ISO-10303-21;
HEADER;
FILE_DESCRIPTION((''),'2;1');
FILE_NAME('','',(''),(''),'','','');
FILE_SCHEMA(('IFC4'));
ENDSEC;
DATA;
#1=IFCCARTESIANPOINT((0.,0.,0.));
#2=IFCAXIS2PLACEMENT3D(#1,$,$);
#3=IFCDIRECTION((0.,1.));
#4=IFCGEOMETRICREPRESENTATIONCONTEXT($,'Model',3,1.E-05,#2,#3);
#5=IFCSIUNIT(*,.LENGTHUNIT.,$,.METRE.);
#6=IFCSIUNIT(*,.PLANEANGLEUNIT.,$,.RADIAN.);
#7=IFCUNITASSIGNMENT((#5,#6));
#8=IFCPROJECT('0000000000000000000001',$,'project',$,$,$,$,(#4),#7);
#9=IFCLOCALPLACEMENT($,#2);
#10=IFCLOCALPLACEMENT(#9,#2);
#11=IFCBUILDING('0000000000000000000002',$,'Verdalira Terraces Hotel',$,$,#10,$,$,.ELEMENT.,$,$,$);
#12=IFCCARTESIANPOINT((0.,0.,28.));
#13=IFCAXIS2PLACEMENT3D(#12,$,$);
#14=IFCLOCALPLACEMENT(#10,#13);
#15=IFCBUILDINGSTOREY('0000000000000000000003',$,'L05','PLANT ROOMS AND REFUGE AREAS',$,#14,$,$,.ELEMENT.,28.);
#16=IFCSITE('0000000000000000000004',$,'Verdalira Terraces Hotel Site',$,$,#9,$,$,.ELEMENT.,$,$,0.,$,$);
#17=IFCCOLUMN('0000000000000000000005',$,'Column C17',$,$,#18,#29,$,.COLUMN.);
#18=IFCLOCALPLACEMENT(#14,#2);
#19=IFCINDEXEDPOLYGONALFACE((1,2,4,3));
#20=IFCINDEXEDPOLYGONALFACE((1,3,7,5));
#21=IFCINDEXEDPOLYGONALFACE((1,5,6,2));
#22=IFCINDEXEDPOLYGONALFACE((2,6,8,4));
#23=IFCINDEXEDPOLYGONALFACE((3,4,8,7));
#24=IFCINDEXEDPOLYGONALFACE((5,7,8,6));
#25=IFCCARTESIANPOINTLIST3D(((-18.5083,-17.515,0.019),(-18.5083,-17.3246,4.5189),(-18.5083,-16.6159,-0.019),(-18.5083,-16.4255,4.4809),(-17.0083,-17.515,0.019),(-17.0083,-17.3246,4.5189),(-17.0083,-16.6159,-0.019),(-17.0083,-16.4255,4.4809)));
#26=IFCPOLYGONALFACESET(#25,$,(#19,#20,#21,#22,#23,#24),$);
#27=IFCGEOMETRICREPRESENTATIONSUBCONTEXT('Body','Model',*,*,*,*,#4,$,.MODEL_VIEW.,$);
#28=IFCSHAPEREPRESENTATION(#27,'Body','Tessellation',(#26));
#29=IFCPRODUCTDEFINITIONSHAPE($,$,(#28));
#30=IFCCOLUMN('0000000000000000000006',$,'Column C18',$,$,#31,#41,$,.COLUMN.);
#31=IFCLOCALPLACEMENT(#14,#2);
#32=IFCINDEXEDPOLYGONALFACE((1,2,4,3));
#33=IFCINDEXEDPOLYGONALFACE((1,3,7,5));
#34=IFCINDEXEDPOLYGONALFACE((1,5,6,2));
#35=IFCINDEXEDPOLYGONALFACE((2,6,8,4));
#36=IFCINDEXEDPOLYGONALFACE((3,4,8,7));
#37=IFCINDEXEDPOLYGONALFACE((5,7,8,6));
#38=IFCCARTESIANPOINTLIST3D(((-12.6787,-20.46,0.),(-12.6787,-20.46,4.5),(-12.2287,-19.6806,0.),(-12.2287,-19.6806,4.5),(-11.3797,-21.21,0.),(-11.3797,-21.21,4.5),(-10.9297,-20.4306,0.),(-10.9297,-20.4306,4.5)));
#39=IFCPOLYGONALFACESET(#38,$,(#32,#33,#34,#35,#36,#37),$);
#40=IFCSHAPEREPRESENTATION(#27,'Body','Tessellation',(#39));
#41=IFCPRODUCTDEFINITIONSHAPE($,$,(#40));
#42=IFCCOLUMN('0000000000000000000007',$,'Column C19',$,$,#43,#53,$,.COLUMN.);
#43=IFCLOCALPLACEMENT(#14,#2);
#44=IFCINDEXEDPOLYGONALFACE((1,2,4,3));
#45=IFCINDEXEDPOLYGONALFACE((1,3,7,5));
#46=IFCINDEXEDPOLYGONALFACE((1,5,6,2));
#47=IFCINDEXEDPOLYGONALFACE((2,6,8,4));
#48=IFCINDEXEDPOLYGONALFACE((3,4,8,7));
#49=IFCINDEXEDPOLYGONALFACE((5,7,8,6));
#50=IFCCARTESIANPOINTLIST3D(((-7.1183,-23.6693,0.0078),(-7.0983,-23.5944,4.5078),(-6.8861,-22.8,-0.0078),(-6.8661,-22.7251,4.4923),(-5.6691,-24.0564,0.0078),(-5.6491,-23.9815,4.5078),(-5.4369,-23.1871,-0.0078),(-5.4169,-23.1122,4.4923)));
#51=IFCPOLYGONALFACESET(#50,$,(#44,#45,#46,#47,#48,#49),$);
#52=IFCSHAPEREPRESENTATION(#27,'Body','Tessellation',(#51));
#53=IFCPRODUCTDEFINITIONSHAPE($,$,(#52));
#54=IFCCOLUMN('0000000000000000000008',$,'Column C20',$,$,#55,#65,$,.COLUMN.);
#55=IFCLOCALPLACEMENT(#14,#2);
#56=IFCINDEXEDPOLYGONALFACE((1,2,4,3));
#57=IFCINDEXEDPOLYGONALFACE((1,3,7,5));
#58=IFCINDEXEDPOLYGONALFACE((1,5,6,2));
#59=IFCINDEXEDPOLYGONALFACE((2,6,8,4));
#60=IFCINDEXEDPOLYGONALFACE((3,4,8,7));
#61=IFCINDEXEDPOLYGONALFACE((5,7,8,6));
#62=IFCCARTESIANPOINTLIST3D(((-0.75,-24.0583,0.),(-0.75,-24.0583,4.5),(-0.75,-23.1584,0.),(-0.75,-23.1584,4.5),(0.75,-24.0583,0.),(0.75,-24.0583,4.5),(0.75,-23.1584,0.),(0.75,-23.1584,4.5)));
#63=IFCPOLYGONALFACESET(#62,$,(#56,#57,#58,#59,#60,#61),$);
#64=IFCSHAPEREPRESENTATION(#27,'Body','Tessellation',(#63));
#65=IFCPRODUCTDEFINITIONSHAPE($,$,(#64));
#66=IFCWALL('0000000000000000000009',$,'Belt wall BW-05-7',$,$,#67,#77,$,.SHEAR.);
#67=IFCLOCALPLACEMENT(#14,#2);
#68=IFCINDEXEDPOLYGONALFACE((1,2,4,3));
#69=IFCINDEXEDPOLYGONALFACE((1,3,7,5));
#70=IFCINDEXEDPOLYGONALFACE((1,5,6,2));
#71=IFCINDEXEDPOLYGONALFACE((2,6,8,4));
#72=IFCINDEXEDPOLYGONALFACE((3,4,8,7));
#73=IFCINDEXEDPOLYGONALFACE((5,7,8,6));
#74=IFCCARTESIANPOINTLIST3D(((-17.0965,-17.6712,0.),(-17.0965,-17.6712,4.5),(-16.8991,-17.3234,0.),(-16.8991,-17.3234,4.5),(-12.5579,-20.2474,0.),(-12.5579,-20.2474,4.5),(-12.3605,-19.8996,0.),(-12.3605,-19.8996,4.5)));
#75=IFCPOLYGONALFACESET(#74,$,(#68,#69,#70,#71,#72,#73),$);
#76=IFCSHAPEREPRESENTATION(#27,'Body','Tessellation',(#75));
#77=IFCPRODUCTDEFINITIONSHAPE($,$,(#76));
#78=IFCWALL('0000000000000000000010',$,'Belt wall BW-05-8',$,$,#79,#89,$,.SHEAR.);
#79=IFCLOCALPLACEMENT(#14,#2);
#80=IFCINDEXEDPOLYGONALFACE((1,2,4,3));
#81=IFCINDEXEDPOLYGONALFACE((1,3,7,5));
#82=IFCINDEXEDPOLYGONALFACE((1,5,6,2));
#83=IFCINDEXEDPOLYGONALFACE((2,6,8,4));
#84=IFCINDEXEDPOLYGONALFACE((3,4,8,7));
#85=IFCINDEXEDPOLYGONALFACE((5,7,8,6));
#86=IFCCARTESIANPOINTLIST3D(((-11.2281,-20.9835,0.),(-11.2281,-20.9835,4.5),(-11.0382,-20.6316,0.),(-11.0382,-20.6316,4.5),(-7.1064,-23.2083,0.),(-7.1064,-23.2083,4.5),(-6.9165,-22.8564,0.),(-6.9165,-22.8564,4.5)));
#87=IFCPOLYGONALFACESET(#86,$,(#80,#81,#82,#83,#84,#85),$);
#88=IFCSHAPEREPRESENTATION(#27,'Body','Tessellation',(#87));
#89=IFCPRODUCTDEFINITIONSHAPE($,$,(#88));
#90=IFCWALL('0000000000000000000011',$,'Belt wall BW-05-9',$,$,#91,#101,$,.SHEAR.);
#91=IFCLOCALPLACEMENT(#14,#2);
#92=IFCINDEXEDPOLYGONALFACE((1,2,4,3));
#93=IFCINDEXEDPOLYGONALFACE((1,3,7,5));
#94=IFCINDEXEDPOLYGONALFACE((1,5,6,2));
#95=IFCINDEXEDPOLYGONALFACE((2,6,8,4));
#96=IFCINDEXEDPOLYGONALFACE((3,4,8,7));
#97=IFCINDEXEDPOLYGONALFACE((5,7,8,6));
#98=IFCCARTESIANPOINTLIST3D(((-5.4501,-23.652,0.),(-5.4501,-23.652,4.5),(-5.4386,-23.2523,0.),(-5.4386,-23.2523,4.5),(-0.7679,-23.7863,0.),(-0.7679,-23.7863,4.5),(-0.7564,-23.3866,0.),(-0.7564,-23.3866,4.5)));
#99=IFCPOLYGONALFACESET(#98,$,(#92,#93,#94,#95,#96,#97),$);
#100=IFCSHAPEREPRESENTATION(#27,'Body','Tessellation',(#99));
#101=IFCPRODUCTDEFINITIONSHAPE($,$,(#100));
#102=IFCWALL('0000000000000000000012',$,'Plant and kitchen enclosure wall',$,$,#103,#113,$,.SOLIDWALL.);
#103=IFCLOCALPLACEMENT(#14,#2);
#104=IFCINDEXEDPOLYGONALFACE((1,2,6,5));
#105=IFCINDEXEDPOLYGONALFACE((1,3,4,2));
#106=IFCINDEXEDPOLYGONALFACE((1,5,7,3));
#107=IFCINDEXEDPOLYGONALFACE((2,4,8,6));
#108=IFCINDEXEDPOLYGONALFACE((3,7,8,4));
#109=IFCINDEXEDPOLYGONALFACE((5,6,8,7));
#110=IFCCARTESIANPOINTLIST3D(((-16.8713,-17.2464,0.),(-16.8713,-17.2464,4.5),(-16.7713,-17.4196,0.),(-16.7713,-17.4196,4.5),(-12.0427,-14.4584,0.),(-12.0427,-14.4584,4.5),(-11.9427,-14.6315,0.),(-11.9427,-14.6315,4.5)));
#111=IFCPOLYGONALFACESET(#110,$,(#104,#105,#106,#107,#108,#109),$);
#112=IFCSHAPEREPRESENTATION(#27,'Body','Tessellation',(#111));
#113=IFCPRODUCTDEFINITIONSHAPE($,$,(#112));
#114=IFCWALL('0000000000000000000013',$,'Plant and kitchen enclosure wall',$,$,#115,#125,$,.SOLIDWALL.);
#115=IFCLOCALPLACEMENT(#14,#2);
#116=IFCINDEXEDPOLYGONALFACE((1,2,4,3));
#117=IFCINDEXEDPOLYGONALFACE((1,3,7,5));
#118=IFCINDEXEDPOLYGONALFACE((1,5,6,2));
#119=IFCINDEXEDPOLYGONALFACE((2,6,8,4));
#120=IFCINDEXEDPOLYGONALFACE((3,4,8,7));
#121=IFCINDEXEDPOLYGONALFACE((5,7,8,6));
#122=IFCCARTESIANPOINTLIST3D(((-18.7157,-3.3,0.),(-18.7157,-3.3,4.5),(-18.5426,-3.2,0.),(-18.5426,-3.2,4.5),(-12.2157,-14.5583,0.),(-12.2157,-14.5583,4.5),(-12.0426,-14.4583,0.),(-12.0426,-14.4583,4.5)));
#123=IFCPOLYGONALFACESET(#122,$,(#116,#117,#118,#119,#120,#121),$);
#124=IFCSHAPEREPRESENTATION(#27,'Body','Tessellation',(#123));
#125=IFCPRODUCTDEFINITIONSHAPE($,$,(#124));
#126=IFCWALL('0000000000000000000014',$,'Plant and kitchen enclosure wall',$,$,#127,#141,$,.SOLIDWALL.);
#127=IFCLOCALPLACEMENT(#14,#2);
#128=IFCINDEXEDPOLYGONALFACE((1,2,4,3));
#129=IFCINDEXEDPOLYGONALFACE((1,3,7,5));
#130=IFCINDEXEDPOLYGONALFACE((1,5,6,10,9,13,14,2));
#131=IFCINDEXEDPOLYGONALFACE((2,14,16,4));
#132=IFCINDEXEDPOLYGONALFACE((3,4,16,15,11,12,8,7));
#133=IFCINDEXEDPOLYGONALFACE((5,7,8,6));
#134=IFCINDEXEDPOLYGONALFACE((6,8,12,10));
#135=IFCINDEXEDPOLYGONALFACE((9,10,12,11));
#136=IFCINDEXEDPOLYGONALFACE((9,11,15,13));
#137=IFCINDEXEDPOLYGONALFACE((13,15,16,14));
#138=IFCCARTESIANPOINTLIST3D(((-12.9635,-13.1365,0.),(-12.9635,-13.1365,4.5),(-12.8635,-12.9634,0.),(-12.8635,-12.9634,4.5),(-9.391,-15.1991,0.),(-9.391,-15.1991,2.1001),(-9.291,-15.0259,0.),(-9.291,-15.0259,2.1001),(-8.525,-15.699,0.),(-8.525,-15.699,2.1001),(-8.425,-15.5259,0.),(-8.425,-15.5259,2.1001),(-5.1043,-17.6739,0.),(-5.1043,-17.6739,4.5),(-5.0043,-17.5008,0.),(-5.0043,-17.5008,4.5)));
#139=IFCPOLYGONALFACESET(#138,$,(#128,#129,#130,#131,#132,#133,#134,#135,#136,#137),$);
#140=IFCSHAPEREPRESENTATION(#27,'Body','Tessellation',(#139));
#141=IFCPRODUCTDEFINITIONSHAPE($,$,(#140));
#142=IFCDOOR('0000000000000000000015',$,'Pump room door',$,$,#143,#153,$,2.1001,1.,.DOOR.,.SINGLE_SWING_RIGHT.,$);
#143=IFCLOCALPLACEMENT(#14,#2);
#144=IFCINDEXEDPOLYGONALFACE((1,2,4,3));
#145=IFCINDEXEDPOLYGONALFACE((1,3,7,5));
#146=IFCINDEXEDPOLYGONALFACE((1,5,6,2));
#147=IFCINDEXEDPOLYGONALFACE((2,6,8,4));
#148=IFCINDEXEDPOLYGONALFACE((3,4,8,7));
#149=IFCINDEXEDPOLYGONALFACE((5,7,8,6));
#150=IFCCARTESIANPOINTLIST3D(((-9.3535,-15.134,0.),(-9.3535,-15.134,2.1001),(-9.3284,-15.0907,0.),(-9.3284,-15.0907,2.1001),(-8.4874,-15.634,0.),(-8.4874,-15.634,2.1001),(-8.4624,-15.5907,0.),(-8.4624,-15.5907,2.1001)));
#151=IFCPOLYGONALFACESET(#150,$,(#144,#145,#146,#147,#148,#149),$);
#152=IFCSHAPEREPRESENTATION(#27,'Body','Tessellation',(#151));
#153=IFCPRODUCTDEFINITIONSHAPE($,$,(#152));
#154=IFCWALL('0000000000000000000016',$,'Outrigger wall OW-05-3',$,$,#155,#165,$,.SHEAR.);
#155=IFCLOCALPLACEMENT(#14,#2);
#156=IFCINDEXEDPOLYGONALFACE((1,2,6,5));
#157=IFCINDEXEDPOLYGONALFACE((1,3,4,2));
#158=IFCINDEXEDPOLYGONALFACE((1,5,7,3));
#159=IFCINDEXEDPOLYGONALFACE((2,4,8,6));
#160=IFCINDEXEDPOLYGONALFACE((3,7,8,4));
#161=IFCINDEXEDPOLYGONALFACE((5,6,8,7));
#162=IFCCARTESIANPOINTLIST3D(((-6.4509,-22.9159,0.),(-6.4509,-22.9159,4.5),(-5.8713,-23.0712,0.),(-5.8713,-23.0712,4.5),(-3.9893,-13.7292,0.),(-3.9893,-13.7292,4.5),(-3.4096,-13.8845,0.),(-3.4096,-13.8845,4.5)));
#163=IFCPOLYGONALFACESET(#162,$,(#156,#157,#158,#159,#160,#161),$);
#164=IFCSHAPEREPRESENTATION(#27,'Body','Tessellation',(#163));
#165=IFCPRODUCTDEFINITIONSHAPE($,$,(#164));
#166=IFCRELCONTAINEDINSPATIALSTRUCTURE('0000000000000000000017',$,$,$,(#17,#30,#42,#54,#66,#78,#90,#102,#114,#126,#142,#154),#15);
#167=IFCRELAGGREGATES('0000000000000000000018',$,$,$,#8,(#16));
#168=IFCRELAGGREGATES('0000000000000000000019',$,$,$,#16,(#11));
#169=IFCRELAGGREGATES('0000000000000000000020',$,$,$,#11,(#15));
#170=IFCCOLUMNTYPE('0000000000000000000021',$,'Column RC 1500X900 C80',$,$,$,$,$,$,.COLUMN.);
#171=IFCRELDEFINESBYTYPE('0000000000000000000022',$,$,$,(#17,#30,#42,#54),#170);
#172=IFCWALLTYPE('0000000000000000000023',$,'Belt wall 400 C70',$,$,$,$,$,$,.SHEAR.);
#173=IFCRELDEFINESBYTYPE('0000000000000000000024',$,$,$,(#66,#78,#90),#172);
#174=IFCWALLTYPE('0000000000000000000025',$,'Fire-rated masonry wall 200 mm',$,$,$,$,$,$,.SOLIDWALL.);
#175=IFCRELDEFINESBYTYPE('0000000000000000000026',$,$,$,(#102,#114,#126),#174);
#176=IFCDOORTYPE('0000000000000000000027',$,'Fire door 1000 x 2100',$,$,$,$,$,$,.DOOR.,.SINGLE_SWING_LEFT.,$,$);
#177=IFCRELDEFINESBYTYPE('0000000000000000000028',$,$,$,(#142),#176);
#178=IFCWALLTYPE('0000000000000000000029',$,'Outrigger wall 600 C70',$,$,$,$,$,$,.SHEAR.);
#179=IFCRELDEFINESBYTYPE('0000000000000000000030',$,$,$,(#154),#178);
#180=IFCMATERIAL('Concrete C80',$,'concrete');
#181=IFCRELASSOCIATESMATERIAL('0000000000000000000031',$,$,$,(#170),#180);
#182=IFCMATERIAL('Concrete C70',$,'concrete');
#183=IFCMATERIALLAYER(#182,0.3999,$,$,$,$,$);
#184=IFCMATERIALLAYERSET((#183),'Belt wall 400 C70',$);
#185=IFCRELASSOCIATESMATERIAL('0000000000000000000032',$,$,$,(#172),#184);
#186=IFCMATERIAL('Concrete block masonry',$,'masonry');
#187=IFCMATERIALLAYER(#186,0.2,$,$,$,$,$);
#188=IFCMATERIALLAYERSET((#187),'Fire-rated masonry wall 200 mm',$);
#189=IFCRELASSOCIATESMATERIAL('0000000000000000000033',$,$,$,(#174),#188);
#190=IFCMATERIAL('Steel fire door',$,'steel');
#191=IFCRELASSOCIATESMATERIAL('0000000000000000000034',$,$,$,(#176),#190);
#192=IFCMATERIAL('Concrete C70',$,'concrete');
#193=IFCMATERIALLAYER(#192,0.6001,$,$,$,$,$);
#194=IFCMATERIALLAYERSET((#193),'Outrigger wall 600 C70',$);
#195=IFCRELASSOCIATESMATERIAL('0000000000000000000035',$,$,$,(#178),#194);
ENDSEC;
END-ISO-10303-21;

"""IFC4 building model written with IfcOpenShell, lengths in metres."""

from ifc_helpers import new_model, si_unit, direction, frame, frame_2d, origin, origin_2d, place, context, subcontext, project, spatial, rectangle, extrude, material, layer, layer_set, material_profile, profile_set, type_object, element, fill, save


model = new_model("IFC4")

# Units and contexts
model_context = context("Model", 3, precision=1e-05, world=origin(), true_north=direction((0.0, 1.0)))
body_context = subcontext(model_context, "Body", "Model", "MODEL_VIEW")
ifc_project = project(units=[si_unit("LENGTHUNIT", "METRE"), si_unit("PLANEANGLEUNIT", "RADIAN")], contexts=[model_context])

# Site, building, storey
site_placement = place(None, origin())
site = spatial("IfcSite", under=ifc_project, at=site_placement, Name="Verdalira Terraces Hotel Site", CompositionType="ELEMENT", RefElevation=0.0)
building_placement = place(site_placement, origin())
building = spatial("IfcBuilding", under=site, at=building_placement, Name="Verdalira Terraces Hotel", CompositionType="ELEMENT")
storey_placement = place(building_placement, frame((0.0, 0.0, 28.0)))
storey = spatial("IfcBuildingStorey", under=building, at=storey_placement, Name="L05", Description="PLANT ROOMS AND REFUGE AREAS", CompositionType="ELEMENT", Elevation=28.0)

# Columns
ifc_material_1 = material(Name="Concrete C80", Category="concrete")
ifc_material_profile = material_profile(ifc_material_1, rectangle(XDim=1.5, YDim=0.8999, at=origin_2d()), Name="RC 1500X900")
ifc_profile_set = profile_set([ifc_material_profile], Name="Concrete C80")
column_type = type_object("IfcColumnType", Name="Column RC 1500X900 C80", PredefinedType="COLUMN", material=ifc_profile_set)
column_1_placement = place(storey_placement, frame((-17.7583, -17.0654, 0.0), z_axis=(0.0, 0.04228, 0.999106), x_axis=(-1.0, 0.0, 0.0)))
element("IfcColumn", 1, at=column_1_placement, inside=storey, type_object=column_type, Name="Column C17", PredefinedType="COLUMN", context=body_context, shape_type="SweptSolid", body=[
    extrude(rectangle(XDim=1.5, YDim=0.8999, at=origin_2d()), origin(), (0.0, 0.0, 1.0), 4.5039),
])
column_2_placement = place(storey_placement, frame((-11.8042, -20.4453, 0.0), z_axis=(0.0, 0.0, 1.0), x_axis=(0.866025, -0.5, 0.0)))
element("IfcColumn", 2, at=column_2_placement, inside=storey, type_object=column_type, Name="Column C18", PredefinedType="COLUMN", context=body_context, shape_type="SweptSolid", body=[
    extrude(rectangle(XDim=1.5, YDim=0.8999, at=origin_2d()), origin(), (0.0, 0.0, 1.0), 4.5),
])
column_3_placement = place(storey_placement, frame((-6.2776, -23.4282, 0.0), z_axis=(0.004448, 0.016653, 0.999851), x_axis=(-0.96613, 0.258054, 0.0)))
element("IfcColumn", 3, at=column_3_placement, inside=storey, type_object=column_type, Name="Column C19", PredefinedType="COLUMN", context=body_context, shape_type="SweptSolid", body=[
    extrude(rectangle(XDim=1.5, YDim=0.8999, at=origin_2d()), origin(), (0.0, 0.0, 1.0), 4.5007),
])
column_4_placement = place(storey_placement, frame((0.0, -23.6084, 0.0), z_axis=(0.0, 0.0, 1.0), x_axis=(1.0, 0.0, 0.0)))
element("IfcColumn", 4, at=column_4_placement, inside=storey, type_object=column_type, Name="Column C20", PredefinedType="COLUMN", context=body_context, shape_type="SweptSolid", body=[
    extrude(rectangle(XDim=1.5, YDim=0.8999, at=origin_2d()), origin(), (0.0, 0.0, 1.0), 4.5),
])

# Walls
ifc_material_2 = material(Name="Concrete C70", Category="concrete")
ifc_layer_1 = layer(ifc_material_2, 0.3999)
ifc_layer_set_1 = layer_set([ifc_layer_1], Name="Belt wall 400 C70")
wall_type_1 = type_object("IfcWallType", Name="Belt wall 400 C70", PredefinedType="SHEAR", material=ifc_layer_set_1)
wall_1_placement = place(storey_placement, frame((-16.9978, -17.4973, 0.0), z_axis=(0.0, 0.0, 1.0), x_axis=(0.869667, -0.493638, 0.0)))
element("IfcWall", 5, at=wall_1_placement, inside=storey, type_object=wall_type_1, Name="Belt wall BW-05-7", PredefinedType="SHEAR", context=body_context, shape_type="SweptSolid", body=[
    extrude(rectangle(XDim=5.2188, YDim=0.3999, at=frame_2d((2.6094, 0.0))), origin(), (0.0, 0.0, 1.0), 4.5),
])
wall_2_placement = place(storey_placement, frame((-11.1331, -20.8076, 0.0), z_axis=(0.0, 0.0, 1.0), x_axis=(0.879989, -0.474995, 0.0)))
element("IfcWall", 6, at=wall_2_placement, inside=storey, type_object=wall_type_1, Name="Belt wall BW-05-8", PredefinedType="SHEAR", context=body_context, shape_type="SweptSolid", body=[
    extrude(rectangle(XDim=4.6838, YDim=0.3999, at=frame_2d((2.3418, 0.0))), origin(), (0.0, 0.0, 1.0), 4.5),
])
wall_3_placement = place(storey_placement, frame((-5.4443, -23.4521, 0.0), z_axis=(0.0, 0.0, 1.0), x_axis=(0.999589, -0.028667, 0.0)))
element("IfcWall", 7, at=wall_3_placement, inside=storey, type_object=wall_type_1, Name="Belt wall BW-05-9", PredefinedType="SHEAR", context=body_context, shape_type="SweptSolid", body=[
    extrude(rectangle(XDim=4.6841, YDim=0.3999, at=frame_2d((2.342, 0.0))), origin(), (0.0, 0.0, 1.0), 4.5),
])
ifc_material_3 = material(Name="Concrete block masonry", Category="masonry")
ifc_layer_2 = layer(ifc_material_3, 0.2)
ifc_layer_set_2 = layer_set([ifc_layer_2], Name="Fire-rated masonry wall 200 mm")
wall_type_2 = type_object("IfcWallType", Name="Fire-rated masonry wall 200 mm", PredefinedType="SOLIDWALL", material=ifc_layer_set_2)
wall_4_placement = place(storey_placement, frame((-16.8213, -17.333, 0.0), z_axis=(0.0, 0.0, 1.0), x_axis=(0.866003, 0.500038, 0.0)))
element("IfcWall", 8, at=wall_4_placement, inside=storey, type_object=wall_type_2, Name="Plant and kitchen enclosure wall", PredefinedType="SOLIDWALL", context=body_context, shape_type="SweptSolid", body=[
    extrude(rectangle(XDim=5.5757, YDim=0.2, at=frame_2d((2.7878, 0.0))), origin(), (0.0, 0.0, 1.0), 4.5),
])
wall_5_placement = place(storey_placement, frame((-12.1291, -14.5083, 0.0), z_axis=(0.0, 0.0, 1.0), x_axis=(-0.500001, 0.866025, 0.0)))
element("IfcWall", 9, at=wall_5_placement, inside=storey, type_object=wall_type_2, Name="Plant and kitchen enclosure wall", PredefinedType="SOLIDWALL", context=body_context, shape_type="SweptSolid", body=[
    extrude(rectangle(XDim=13.0, YDim=0.2, at=frame_2d((6.5, 0.0))), origin(), (0.0, 0.0, 1.0), 4.5),
])

# Wall, opening, door
wall_6_placement = place(storey_placement, frame((-5.0542, -17.5874, 0.0), z_axis=(0.0, 0.0, 1.0), x_axis=(-0.866031, 0.49999, 0.0)))
wall_6 = element("IfcWall", 10, at=wall_6_placement, inside=storey, type_object=wall_type_2, Name="Plant and kitchen enclosure wall", PredefinedType="SOLIDWALL", context=body_context, shape_type="SweptSolid", body=[
    extrude(rectangle(XDim=9.075, YDim=0.2, at=frame_2d((4.5376, 0.0))), origin(), (0.0, 0.0, 1.0), 4.5),
])
opening_1_placement = place(wall_6_placement, frame((3.95, 0.0, 0.0)))
opening_1 = element("IfcOpeningElement", 11, at=opening_1_placement, cuts=wall_6, PredefinedType="OPENING", context=body_context, shape_type="SweptSolid", body=[
    extrude(rectangle(XDim=1.0, YDim=2.1001, at=frame_2d((0.5, 1.05))), frame((0.0, 0.1099, 0.0), z_axis=(0.0, -1.0, 0.0), x_axis=(1.0, 0.0, 0.0)), (0.0, 0.0, 1.0), 0.22),
])
ifc_material_4 = material(Name="Steel fire door", Category="steel")
door_type = type_object("IfcDoorType", Name="Fire door 1000 x 2100", OperationType="SINGLE_SWING_LEFT", PredefinedType="DOOR", material=ifc_material_4)
door_placement = place(opening_1_placement, origin())
door = element("IfcDoor", 12, at=door_placement, inside=storey, type_object=door_type, Name="Pump room door", OperationType="SINGLE_SWING_RIGHT", OverallHeight=2.1001, OverallWidth=1.0, PredefinedType="DOOR", context=body_context, shape_type="SweptSolid", body=[
    extrude(rectangle(XDim=1.0, YDim=2.1001, at=frame_2d((0.5, 1.05))), frame((0.0, 0.0249, 0.0), z_axis=(0.0, -1.0, 0.0), x_axis=(1.0, 0.0, 0.0)), (0.0, 0.0, 1.0), 0.05),
])
fill(opening_1, door)

# Wall
ifc_material_5 = material(Name="Concrete C70", Category="concrete")
ifc_layer_3 = layer(ifc_material_5, 0.6001)
ifc_layer_set_3 = layer_set([ifc_layer_3], Name="Outrigger wall 600 C70")
wall_type_3 = type_object("IfcWallType", Name="Outrigger wall 600 C70", PredefinedType="SHEAR", material=ifc_layer_set_3)
wall_7_placement = place(storey_placement, frame((-3.6995, -13.8069, 0.0), z_axis=(0.0, 0.0, 1.0), x_axis=(-0.258827, -0.965924, 0.0)))
element("IfcWall", 13, at=wall_7_placement, inside=storey, type_object=wall_type_3, Name="Outrigger wall OW-05-3", PredefinedType="SHEAR", context=body_context, shape_type="SweptSolid", body=[
    extrude(rectangle(XDim=9.5107, YDim=0.6001, at=frame_2d((4.7554, 0.0))), origin(), (0.0, 0.0, 1.0), 4.5),
])

save(model, "model.ifc")
